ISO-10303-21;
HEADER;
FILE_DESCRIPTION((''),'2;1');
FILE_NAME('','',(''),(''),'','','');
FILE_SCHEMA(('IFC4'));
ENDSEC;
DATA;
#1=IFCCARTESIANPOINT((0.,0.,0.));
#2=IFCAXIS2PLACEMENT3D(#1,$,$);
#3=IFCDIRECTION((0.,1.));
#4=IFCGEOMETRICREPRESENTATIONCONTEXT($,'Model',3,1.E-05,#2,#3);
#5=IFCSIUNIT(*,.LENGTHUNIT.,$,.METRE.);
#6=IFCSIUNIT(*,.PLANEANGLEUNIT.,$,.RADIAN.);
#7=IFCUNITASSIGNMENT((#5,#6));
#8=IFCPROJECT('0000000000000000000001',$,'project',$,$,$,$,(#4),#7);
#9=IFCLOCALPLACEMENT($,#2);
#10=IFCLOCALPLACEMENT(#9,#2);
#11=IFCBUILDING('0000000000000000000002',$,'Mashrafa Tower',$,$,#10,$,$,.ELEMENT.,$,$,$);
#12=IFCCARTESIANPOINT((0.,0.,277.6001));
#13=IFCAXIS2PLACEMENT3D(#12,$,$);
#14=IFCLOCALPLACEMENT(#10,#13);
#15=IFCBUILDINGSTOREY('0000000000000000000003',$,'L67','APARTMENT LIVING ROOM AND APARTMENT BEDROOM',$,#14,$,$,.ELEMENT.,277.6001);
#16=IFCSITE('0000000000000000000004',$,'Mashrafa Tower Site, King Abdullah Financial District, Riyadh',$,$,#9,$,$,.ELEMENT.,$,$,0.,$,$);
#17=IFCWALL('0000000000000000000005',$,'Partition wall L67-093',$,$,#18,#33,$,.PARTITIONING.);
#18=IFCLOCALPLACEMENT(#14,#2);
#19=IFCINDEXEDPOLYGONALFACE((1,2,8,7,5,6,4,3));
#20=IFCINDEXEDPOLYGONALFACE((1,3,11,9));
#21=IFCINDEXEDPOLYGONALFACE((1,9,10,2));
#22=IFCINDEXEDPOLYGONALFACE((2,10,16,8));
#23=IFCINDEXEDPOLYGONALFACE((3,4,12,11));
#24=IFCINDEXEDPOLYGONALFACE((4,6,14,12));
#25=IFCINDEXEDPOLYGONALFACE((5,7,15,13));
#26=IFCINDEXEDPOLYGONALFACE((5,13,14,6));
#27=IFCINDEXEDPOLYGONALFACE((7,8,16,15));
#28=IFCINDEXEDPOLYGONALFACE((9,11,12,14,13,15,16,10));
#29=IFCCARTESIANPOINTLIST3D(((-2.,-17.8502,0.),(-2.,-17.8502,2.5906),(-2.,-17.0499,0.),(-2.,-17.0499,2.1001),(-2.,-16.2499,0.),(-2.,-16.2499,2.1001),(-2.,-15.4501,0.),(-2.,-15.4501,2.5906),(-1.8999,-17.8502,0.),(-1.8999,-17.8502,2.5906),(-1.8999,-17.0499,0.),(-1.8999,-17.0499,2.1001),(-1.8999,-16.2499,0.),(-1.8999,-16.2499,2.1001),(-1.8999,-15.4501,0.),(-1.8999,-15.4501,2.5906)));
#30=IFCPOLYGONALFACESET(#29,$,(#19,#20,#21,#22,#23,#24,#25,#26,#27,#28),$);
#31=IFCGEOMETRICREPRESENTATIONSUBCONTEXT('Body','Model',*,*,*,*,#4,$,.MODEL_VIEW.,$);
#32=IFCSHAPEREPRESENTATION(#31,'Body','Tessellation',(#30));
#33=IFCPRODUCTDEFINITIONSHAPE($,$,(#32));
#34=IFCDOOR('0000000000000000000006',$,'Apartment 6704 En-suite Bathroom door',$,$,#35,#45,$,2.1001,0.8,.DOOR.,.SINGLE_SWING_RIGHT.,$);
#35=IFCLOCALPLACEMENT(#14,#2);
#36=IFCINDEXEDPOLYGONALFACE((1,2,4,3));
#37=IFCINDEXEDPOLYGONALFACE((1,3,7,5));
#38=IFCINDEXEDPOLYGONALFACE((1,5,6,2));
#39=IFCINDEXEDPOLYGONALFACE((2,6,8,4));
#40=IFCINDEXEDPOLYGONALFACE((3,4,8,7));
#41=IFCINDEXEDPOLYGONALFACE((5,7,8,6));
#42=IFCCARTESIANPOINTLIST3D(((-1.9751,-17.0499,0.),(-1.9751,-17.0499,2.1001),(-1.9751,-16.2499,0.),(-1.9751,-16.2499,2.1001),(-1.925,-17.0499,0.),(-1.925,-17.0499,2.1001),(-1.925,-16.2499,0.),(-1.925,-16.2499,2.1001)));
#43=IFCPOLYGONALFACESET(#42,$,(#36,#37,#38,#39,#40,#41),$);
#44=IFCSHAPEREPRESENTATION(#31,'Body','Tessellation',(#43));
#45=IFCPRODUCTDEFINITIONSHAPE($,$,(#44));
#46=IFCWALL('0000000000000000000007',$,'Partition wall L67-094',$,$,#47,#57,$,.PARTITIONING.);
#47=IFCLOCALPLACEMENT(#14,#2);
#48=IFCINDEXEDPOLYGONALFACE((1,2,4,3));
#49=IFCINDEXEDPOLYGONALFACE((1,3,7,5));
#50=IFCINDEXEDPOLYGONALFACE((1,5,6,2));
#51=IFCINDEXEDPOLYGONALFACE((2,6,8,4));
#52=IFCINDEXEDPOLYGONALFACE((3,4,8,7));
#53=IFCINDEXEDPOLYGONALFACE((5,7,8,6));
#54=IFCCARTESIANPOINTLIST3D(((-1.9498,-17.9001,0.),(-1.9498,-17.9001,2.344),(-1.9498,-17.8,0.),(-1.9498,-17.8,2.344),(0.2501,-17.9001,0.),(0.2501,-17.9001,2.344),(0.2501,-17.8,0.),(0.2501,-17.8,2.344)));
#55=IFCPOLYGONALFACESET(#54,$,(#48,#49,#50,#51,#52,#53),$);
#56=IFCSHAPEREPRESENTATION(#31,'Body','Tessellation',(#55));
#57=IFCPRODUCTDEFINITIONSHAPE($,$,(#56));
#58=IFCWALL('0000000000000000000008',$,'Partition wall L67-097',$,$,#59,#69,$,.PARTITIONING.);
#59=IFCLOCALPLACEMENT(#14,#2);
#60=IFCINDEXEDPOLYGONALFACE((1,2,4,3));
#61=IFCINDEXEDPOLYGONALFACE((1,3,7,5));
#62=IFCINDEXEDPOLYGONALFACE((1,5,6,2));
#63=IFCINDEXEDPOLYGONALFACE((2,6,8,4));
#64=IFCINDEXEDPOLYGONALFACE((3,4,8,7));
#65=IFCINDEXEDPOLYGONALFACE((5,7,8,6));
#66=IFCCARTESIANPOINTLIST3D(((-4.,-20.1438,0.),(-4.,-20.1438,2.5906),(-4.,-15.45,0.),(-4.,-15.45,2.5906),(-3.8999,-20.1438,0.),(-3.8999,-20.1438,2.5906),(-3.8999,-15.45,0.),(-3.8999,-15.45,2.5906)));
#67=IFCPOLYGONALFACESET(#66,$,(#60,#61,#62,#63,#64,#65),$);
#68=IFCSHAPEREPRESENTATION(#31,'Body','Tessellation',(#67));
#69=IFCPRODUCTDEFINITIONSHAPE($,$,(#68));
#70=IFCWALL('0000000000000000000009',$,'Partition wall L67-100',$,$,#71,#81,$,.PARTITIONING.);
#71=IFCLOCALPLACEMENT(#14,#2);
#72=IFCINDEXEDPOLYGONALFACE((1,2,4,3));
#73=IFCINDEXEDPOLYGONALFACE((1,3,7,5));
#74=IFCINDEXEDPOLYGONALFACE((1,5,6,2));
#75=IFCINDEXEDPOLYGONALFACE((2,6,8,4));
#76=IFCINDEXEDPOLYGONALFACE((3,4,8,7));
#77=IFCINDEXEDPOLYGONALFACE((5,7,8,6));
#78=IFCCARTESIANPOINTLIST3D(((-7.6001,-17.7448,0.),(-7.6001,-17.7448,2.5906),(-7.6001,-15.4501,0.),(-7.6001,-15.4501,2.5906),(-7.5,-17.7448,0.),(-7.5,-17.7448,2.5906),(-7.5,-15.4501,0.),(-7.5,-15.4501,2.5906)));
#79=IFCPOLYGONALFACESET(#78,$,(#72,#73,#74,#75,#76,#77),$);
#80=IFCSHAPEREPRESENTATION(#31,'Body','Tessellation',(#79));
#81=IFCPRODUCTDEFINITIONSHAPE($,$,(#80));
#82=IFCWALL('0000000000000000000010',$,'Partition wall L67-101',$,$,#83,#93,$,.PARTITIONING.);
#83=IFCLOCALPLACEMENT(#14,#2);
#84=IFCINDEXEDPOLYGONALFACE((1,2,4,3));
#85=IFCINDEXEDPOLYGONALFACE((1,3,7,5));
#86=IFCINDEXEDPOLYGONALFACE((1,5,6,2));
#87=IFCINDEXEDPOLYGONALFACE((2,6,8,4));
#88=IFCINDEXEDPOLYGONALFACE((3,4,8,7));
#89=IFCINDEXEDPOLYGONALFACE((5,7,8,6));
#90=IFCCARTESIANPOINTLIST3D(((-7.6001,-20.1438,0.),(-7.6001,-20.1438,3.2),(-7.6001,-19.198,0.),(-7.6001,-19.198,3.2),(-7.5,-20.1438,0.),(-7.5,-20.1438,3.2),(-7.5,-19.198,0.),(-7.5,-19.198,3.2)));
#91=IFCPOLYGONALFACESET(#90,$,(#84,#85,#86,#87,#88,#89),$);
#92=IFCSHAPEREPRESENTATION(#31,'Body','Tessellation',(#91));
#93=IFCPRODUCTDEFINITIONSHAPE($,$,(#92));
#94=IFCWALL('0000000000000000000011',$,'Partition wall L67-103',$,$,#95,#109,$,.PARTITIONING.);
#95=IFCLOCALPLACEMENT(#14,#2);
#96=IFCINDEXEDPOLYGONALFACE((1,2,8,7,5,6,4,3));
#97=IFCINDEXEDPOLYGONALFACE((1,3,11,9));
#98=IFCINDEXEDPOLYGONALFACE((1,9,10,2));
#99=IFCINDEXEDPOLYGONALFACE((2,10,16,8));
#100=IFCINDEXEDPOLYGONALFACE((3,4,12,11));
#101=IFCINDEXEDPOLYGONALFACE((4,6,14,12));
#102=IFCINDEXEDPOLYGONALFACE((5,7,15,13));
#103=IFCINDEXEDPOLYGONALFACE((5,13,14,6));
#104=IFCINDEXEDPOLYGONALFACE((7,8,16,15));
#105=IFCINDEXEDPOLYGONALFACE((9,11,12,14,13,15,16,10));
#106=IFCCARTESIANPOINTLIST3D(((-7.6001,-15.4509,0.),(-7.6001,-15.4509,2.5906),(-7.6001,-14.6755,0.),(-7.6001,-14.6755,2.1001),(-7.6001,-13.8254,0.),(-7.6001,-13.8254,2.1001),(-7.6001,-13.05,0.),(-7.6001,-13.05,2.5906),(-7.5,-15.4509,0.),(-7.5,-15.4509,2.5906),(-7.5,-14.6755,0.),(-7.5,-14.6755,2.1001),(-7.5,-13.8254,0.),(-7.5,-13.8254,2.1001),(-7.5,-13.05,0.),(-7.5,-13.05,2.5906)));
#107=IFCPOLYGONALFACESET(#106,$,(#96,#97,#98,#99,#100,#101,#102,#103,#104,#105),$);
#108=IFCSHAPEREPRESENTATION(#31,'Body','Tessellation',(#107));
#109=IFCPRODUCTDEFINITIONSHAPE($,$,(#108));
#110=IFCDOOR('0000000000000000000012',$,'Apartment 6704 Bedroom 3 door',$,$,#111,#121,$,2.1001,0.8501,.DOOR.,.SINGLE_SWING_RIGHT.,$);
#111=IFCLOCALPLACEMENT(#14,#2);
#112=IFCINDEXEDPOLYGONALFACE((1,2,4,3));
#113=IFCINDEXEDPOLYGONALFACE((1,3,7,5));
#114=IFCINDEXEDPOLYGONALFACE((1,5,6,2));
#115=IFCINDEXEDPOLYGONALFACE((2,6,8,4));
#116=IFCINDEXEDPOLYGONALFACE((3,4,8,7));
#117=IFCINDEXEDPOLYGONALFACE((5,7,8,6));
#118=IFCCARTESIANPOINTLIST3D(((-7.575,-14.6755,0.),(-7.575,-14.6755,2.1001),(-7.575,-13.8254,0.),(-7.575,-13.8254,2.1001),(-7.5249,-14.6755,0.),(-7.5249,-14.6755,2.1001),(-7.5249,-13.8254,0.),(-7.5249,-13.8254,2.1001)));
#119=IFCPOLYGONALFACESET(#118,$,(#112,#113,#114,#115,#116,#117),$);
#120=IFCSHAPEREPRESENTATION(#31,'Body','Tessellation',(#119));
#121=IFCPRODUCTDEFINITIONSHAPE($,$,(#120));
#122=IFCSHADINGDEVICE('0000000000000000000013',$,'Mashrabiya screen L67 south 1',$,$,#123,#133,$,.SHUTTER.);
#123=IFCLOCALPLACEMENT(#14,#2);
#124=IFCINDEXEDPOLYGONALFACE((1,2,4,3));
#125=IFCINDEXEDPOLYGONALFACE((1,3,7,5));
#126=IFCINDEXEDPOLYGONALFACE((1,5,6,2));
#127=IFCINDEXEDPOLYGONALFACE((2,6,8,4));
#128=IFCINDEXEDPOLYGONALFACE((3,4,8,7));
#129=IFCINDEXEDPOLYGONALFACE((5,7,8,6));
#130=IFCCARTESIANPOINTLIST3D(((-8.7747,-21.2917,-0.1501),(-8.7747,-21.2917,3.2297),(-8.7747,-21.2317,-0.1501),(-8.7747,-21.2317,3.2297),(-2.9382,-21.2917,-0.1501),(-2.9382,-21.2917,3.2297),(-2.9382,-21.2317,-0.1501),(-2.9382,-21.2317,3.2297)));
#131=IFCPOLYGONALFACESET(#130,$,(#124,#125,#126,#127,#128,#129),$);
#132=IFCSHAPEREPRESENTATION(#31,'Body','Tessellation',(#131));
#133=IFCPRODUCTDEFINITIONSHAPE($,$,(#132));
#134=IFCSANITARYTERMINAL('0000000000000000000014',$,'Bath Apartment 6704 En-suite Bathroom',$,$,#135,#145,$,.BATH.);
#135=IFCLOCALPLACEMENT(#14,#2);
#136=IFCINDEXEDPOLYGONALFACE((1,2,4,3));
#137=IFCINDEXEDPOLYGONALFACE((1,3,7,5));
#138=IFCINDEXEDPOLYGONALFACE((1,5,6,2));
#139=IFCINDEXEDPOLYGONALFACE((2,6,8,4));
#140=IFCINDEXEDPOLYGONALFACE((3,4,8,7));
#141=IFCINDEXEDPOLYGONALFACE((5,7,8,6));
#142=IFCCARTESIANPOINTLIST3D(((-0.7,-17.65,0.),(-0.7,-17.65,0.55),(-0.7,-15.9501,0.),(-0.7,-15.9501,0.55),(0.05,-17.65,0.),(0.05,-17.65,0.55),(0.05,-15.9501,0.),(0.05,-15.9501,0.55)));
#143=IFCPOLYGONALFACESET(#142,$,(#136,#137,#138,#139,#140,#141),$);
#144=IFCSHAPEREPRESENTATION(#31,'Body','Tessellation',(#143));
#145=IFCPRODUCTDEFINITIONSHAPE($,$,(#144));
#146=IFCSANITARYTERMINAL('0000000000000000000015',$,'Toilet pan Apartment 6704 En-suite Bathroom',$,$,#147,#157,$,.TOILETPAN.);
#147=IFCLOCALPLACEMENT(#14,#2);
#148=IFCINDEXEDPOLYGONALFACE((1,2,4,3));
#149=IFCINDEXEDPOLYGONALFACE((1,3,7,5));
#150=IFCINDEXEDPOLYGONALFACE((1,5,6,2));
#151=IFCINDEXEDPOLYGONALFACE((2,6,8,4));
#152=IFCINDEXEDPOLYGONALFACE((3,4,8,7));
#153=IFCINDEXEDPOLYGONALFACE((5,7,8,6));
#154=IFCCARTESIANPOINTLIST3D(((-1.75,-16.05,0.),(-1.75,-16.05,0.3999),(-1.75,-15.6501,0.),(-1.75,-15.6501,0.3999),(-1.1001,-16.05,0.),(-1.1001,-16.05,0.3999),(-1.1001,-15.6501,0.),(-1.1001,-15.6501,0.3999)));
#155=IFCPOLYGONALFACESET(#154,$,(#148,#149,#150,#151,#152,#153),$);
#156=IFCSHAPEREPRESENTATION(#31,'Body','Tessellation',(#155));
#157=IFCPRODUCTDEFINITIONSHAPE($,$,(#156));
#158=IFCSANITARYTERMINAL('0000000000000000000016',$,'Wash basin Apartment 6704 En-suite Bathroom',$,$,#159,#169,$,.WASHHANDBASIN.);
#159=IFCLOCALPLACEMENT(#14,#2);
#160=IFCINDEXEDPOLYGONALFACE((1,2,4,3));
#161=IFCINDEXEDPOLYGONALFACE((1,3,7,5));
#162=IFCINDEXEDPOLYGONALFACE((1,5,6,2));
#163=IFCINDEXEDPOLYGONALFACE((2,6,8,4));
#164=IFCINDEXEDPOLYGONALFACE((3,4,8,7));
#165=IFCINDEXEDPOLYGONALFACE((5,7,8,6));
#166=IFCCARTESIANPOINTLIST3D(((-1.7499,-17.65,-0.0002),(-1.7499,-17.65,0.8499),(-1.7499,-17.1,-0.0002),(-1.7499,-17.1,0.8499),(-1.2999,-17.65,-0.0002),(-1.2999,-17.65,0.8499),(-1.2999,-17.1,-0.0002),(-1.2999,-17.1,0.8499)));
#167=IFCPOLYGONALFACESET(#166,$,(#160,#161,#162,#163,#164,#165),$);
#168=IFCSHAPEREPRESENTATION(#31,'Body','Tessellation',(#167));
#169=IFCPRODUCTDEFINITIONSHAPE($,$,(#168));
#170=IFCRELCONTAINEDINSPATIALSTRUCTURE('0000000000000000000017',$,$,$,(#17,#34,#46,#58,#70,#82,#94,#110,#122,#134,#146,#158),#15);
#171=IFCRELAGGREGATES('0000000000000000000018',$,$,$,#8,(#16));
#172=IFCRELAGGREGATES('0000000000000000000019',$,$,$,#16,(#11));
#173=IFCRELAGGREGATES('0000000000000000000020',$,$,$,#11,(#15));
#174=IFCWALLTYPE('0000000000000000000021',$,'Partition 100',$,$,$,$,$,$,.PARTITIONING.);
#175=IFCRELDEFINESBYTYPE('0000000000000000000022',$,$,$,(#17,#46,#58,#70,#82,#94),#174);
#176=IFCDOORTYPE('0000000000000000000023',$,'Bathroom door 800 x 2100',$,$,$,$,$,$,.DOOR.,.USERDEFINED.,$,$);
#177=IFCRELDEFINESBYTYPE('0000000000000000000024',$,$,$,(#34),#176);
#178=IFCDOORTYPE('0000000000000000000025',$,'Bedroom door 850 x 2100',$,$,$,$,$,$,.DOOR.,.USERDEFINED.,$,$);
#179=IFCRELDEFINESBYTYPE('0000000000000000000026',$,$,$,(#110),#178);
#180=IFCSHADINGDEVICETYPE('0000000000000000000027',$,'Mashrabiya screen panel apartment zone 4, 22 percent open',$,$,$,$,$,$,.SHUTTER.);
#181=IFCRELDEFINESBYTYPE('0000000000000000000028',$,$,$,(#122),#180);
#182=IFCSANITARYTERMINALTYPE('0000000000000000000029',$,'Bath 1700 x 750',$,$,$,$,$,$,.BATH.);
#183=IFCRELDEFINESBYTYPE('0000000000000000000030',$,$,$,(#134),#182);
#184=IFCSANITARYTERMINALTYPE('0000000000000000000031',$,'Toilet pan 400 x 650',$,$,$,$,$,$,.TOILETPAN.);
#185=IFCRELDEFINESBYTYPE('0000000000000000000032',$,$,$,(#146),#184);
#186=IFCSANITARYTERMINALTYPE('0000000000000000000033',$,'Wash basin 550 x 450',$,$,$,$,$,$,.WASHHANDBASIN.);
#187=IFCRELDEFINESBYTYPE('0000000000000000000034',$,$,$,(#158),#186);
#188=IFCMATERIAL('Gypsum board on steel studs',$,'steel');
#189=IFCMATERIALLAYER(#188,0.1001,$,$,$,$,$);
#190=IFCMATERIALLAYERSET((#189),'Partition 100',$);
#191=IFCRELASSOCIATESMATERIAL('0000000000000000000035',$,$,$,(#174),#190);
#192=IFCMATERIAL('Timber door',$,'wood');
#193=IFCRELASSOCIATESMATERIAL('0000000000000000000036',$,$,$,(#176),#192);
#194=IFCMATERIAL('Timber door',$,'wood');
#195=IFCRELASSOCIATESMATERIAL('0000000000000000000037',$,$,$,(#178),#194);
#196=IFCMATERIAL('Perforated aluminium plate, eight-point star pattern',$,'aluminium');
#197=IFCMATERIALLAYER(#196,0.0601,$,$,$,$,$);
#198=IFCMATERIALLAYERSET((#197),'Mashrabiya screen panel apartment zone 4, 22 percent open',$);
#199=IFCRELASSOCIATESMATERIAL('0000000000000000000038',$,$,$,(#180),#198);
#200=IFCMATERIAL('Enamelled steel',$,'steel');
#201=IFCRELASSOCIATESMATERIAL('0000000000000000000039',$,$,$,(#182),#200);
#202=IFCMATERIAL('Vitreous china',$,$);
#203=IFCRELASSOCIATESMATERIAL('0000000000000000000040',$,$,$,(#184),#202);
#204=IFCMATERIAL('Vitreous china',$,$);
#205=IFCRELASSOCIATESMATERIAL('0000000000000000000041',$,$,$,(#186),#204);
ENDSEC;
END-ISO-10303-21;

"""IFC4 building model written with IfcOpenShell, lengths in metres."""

from ifc_helpers import new_model, si_unit, direction, frame, frame_2d, origin, origin_2d, place, context, subcontext, project, spatial, rectangle, extrude, source, transform, mapped, material, layer, layer_set, type_object, type_shapes, element, fill, save


model = new_model("IFC4")

# Units and contexts
model_context = context("Model", 3, precision=1e-05, world=origin(), true_north=direction((0.0, 1.0)))
body_context = subcontext(model_context, "Body", "Model", "MODEL_VIEW")
ifc_project = project(units=[si_unit("LENGTHUNIT", "METRE"), si_unit("PLANEANGLEUNIT", "RADIAN")], contexts=[model_context])

# Site, building, storey
site_placement = place(None, origin())
site = spatial("IfcSite", under=ifc_project, at=site_placement, Name="Mashrafa Tower Site, King Abdullah Financial District, Riyadh", CompositionType="ELEMENT", RefElevation=0.0)
building_placement = place(site_placement, origin())
building = spatial("IfcBuilding", under=site, at=building_placement, Name="Mashrafa Tower", CompositionType="ELEMENT")
storey_placement = place(building_placement, frame((0.0, 0.0, 277.6001)))
storey = spatial("IfcBuildingStorey", under=building, at=storey_placement, Name="L67", Description="APARTMENT LIVING ROOM AND APARTMENT BEDROOM", CompositionType="ELEMENT", Elevation=277.6001)

# Wall, opening, door
ifc_material_1 = material(Name="Gypsum board on steel studs", Category="steel")
ifc_layer_1 = layer(ifc_material_1, 0.1001)
ifc_layer_set_1 = layer_set([ifc_layer_1], Name="Partition 100")
wall_type = type_object("IfcWallType", Name="Partition 100", PredefinedType="PARTITIONING", material=ifc_layer_set_1)
wall_1_placement = place(storey_placement, frame((-1.95, -15.45, 0.0), z_axis=(0.0, 0.0, 1.0), x_axis=(0.0, -1.0, 0.0)))
wall_1 = element("IfcWall", 1, at=wall_1_placement, inside=storey, type_object=wall_type, Name="Partition wall L67-093", PredefinedType="PARTITIONING", context=body_context, shape_type="SweptSolid", body=[
    extrude(rectangle(XDim=2.4001, YDim=0.1001, at=frame_2d((1.2002, 0.0))), origin(), (0.0, 0.0, 1.0), 2.5906),
])
opening_1_placement = place(wall_1_placement, frame((0.8, 0.0, 0.0)))
opening_1 = element("IfcOpeningElement", 2, at=opening_1_placement, cuts=wall_1, PredefinedType="OPENING", context=body_context, shape_type="SweptSolid", body=[
    extrude(rectangle(XDim=0.8, YDim=2.1001, at=frame_2d((0.3999, 1.05))), frame((0.0, 0.0601, 0.0), z_axis=(0.0, -1.0, 0.0), x_axis=(1.0, 0.0, 0.0)), (0.0, 0.0, 1.0), 0.1201),
])
ifc_material_2 = material(Name="Timber door", Category="wood")
door_type_1 = type_object("IfcDoorType", Name="Bathroom door 800 x 2100", OperationType="USERDEFINED", PredefinedType="DOOR", material=ifc_material_2)
door_1_placement = place(opening_1_placement, origin())
door_1 = element("IfcDoor", 3, at=door_1_placement, inside=storey, type_object=door_type_1, Name="Apartment 6704 En-suite Bathroom door", OperationType="SINGLE_SWING_RIGHT", OverallHeight=2.1001, OverallWidth=0.8, PredefinedType="DOOR", context=body_context, shape_type="SweptSolid", body=[
    extrude(rectangle(XDim=0.8, YDim=2.1001, at=frame_2d((0.3999, 1.05))), frame((0.0, 0.0249, 0.0), z_axis=(0.0, -1.0, 0.0), x_axis=(1.0, 0.0, 0.0)), (0.0, 0.0, 1.0), 0.05),
])
fill(opening_1, door_1)

# Walls
wall_2_placement = place(storey_placement, frame((-1.95, -17.8501, 0.0), z_axis=(0.0, 0.0, 1.0), x_axis=(1.0, 0.0, 0.0)))
element("IfcWall", 4, at=wall_2_placement, inside=storey, type_object=wall_type, Name="Partition wall L67-094", PredefinedType="PARTITIONING", context=body_context, shape_type="SweptSolid", body=[
    extrude(rectangle(XDim=2.2, YDim=0.1001, at=frame_2d((1.1001, 0.0))), origin(), (0.0, 0.0, 1.0), 2.344),
])
wall_3_placement = place(storey_placement, frame((-3.95, -15.45, 0.0), z_axis=(0.0, 0.0, 1.0), x_axis=(0.0, -1.0, 0.0)))
element("IfcWall", 5, at=wall_3_placement, inside=storey, type_object=wall_type, Name="Partition wall L67-097", PredefinedType="PARTITIONING", context=body_context, shape_type="SweptSolid", body=[
    extrude(rectangle(XDim=4.6938, YDim=0.1001, at=frame_2d((2.3469, 0.0))), origin(), (0.0, 0.0, 1.0), 2.5906),
])
wall_4_placement = place(storey_placement, frame((-7.55, -15.45, 0.0), z_axis=(0.0, 0.0, 1.0), x_axis=(0.0, -1.0, 0.0)))
element("IfcWall", 6, at=wall_4_placement, inside=storey, type_object=wall_type, Name="Partition wall L67-100", PredefinedType="PARTITIONING", context=body_context, shape_type="SweptSolid", body=[
    extrude(rectangle(XDim=2.2947, YDim=0.1001, at=frame_2d((1.1475, 0.0))), origin(), (0.0, 0.0, 1.0), 2.5906),
])
wall_5_placement = place(storey_placement, frame((-7.55, -19.198, 0.0), z_axis=(0.0, 0.0, 1.0), x_axis=(0.0, -1.0, 0.0)))
element("IfcWall", 7, at=wall_5_placement, inside=storey, type_object=wall_type, Name="Partition wall L67-101", PredefinedType="PARTITIONING", context=body_context, shape_type="SweptSolid", body=[
    extrude(rectangle(XDim=0.9458, YDim=0.1001, at=frame_2d((0.4729, 0.0))), origin(), (0.0, 0.0, 1.0), 3.2),
])

# Wall, opening, door
wall_6_placement = place(storey_placement, frame((-7.55, -15.4509, 0.0), z_axis=(0.0, 0.0, 1.0), x_axis=(0.0, 1.0, 0.0)))
wall_6 = element("IfcWall", 8, at=wall_6_placement, inside=storey, type_object=wall_type, Name="Partition wall L67-103", PredefinedType="PARTITIONING", context=body_context, shape_type="SweptSolid", body=[
    extrude(rectangle(XDim=2.4009, YDim=0.1001, at=frame_2d((1.2004, 0.0))), origin(), (0.0, 0.0, 1.0), 2.5906),
])
opening_2_placement = place(wall_6_placement, frame((0.7754, 0.0, 0.0)))
opening_2 = element("IfcOpeningElement", 9, at=opening_2_placement, cuts=wall_6, PredefinedType="OPENING", context=body_context, shape_type="SweptSolid", body=[
    extrude(rectangle(XDim=0.8501, YDim=2.1001, at=frame_2d((0.425, 1.05))), frame((0.0, 0.0601, 0.0), z_axis=(0.0, -1.0, 0.0), x_axis=(1.0, 0.0, 0.0)), (0.0, 0.0, 1.0), 0.1201),
])
ifc_material_3 = material(Name="Timber door", Category="wood")
door_type_2 = type_object("IfcDoorType", Name="Bedroom door 850 x 2100", OperationType="USERDEFINED", PredefinedType="DOOR", material=ifc_material_3)
door_2_placement = place(opening_2_placement, origin())
door_2 = element("IfcDoor", 10, at=door_2_placement, inside=storey, type_object=door_type_2, Name="Apartment 6704 Bedroom 3 door", OperationType="SINGLE_SWING_RIGHT", OverallHeight=2.1001, OverallWidth=0.8501, PredefinedType="DOOR", context=body_context, shape_type="SweptSolid", body=[
    extrude(rectangle(XDim=0.8501, YDim=2.1001, at=frame_2d((0.425, 1.05))), frame((0.0, 0.0249, 0.0), z_axis=(0.0, -1.0, 0.0), x_axis=(1.0, 0.0, 0.0)), (0.0, 0.0, 1.0), 0.05),
])
fill(opening_2, door_2)

# Shading device
ifc_material_4 = material(Name="Perforated aluminium plate, eight-point star pattern", Category="aluminium")
ifc_layer_2 = layer(ifc_material_4, 0.0601)
ifc_layer_set_2 = layer_set([ifc_layer_2], Name="Mashrabiya screen panel apartment zone 4, 22 percent open")
shading_device_type = type_object("IfcShadingDeviceType", Name="Mashrabiya screen panel apartment zone 4, 22 percent open", PredefinedType="SHUTTER", material=ifc_layer_set_2)
shared_shape_1 = source(origin(), body_context, "Body", "SweptSolid", [
    extrude(rectangle(XDim=5.8364, YDim=0.0601, at=origin_2d()), origin(), (0.0, 0.0, 1.0), 3.3799),
])
type_shapes(shading_device_type, [shared_shape_1])
shading_device_placement = place(storey_placement, frame((-5.8564, -21.2617, -0.1501), z_axis=(0.0, 0.0, 1.0), x_axis=(1.0, 0.0, 0.0)))
element("IfcShadingDevice", 11, at=shading_device_placement, inside=storey, type_object=shading_device_type, Name="Mashrabiya screen L67 south 1", PredefinedType="SHUTTER", context=body_context, shape_type="MappedRepresentation", body=[
    mapped(shared_shape_1, transform((0.0, 0.0, 0.0))),
])

# Sanitary terminals
ifc_material_5 = material(Name="Enamelled steel", Category="steel")
sanitary_terminal_type_1 = type_object("IfcSanitaryTerminalType", Name="Bath 1700 x 750", PredefinedType="BATH", material=ifc_material_5)
sanitary_terminal_1_placement = place(storey_placement, frame((-0.325, -16.8, 0.0), z_axis=(0.0, 0.0, 1.0), x_axis=(0.0, 1.0, 0.0)))
element("IfcSanitaryTerminal", 12, at=sanitary_terminal_1_placement, inside=storey, type_object=sanitary_terminal_type_1, Name="Bath Apartment 6704 En-suite Bathroom", PredefinedType="BATH", context=body_context, shape_type="SweptSolid", body=[
    extrude(rectangle(XDim=1.7, YDim=0.75, at=origin_2d()), origin(), (0.0, 0.0, 1.0), 0.55),
])
ifc_material_6 = material(Name="Vitreous china")
sanitary_terminal_type_2 = type_object("IfcSanitaryTerminalType", Name="Toilet pan 400 x 650", PredefinedType="TOILETPAN", material=ifc_material_6)
sanitary_terminal_2_placement = place(storey_placement, frame((-1.425, -15.8501, 0.0), z_axis=(0.0, 0.0, 1.0), x_axis=(0.0, -1.0, 0.0)))
element("IfcSanitaryTerminal", 13, at=sanitary_terminal_2_placement, inside=storey, type_object=sanitary_terminal_type_2, Name="Toilet pan Apartment 6704 En-suite Bathroom", PredefinedType="TOILETPAN", context=body_context, shape_type="SweptSolid", body=[
    extrude(rectangle(XDim=0.3999, YDim=0.6499, at=origin_2d()), origin(), (0.0, 0.0, 1.0), 0.3999),
])
ifc_material_7 = material(Name="Vitreous china")
sanitary_terminal_type_3 = type_object("IfcSanitaryTerminalType", Name="Wash basin 550 x 450", PredefinedType="WASHHANDBASIN", material=ifc_material_7)
sanitary_terminal_3_placement = place(storey_placement, frame((-1.5249, -17.375, -0.0002), z_axis=(0.0, 0.0, 1.0), x_axis=(0.0, -1.0, 0.0)))
element("IfcSanitaryTerminal", 14, at=sanitary_terminal_3_placement, inside=storey, type_object=sanitary_terminal_type_3, Name="Wash basin Apartment 6704 En-suite Bathroom", PredefinedType="WASHHANDBASIN", context=body_context, shape_type="SweptSolid", body=[
    extrude(rectangle(XDim=0.55, YDim=0.45, at=origin_2d()), origin(), (0.0, 0.0, 1.0), 0.8501),
])

save(model, "model.ifc")
